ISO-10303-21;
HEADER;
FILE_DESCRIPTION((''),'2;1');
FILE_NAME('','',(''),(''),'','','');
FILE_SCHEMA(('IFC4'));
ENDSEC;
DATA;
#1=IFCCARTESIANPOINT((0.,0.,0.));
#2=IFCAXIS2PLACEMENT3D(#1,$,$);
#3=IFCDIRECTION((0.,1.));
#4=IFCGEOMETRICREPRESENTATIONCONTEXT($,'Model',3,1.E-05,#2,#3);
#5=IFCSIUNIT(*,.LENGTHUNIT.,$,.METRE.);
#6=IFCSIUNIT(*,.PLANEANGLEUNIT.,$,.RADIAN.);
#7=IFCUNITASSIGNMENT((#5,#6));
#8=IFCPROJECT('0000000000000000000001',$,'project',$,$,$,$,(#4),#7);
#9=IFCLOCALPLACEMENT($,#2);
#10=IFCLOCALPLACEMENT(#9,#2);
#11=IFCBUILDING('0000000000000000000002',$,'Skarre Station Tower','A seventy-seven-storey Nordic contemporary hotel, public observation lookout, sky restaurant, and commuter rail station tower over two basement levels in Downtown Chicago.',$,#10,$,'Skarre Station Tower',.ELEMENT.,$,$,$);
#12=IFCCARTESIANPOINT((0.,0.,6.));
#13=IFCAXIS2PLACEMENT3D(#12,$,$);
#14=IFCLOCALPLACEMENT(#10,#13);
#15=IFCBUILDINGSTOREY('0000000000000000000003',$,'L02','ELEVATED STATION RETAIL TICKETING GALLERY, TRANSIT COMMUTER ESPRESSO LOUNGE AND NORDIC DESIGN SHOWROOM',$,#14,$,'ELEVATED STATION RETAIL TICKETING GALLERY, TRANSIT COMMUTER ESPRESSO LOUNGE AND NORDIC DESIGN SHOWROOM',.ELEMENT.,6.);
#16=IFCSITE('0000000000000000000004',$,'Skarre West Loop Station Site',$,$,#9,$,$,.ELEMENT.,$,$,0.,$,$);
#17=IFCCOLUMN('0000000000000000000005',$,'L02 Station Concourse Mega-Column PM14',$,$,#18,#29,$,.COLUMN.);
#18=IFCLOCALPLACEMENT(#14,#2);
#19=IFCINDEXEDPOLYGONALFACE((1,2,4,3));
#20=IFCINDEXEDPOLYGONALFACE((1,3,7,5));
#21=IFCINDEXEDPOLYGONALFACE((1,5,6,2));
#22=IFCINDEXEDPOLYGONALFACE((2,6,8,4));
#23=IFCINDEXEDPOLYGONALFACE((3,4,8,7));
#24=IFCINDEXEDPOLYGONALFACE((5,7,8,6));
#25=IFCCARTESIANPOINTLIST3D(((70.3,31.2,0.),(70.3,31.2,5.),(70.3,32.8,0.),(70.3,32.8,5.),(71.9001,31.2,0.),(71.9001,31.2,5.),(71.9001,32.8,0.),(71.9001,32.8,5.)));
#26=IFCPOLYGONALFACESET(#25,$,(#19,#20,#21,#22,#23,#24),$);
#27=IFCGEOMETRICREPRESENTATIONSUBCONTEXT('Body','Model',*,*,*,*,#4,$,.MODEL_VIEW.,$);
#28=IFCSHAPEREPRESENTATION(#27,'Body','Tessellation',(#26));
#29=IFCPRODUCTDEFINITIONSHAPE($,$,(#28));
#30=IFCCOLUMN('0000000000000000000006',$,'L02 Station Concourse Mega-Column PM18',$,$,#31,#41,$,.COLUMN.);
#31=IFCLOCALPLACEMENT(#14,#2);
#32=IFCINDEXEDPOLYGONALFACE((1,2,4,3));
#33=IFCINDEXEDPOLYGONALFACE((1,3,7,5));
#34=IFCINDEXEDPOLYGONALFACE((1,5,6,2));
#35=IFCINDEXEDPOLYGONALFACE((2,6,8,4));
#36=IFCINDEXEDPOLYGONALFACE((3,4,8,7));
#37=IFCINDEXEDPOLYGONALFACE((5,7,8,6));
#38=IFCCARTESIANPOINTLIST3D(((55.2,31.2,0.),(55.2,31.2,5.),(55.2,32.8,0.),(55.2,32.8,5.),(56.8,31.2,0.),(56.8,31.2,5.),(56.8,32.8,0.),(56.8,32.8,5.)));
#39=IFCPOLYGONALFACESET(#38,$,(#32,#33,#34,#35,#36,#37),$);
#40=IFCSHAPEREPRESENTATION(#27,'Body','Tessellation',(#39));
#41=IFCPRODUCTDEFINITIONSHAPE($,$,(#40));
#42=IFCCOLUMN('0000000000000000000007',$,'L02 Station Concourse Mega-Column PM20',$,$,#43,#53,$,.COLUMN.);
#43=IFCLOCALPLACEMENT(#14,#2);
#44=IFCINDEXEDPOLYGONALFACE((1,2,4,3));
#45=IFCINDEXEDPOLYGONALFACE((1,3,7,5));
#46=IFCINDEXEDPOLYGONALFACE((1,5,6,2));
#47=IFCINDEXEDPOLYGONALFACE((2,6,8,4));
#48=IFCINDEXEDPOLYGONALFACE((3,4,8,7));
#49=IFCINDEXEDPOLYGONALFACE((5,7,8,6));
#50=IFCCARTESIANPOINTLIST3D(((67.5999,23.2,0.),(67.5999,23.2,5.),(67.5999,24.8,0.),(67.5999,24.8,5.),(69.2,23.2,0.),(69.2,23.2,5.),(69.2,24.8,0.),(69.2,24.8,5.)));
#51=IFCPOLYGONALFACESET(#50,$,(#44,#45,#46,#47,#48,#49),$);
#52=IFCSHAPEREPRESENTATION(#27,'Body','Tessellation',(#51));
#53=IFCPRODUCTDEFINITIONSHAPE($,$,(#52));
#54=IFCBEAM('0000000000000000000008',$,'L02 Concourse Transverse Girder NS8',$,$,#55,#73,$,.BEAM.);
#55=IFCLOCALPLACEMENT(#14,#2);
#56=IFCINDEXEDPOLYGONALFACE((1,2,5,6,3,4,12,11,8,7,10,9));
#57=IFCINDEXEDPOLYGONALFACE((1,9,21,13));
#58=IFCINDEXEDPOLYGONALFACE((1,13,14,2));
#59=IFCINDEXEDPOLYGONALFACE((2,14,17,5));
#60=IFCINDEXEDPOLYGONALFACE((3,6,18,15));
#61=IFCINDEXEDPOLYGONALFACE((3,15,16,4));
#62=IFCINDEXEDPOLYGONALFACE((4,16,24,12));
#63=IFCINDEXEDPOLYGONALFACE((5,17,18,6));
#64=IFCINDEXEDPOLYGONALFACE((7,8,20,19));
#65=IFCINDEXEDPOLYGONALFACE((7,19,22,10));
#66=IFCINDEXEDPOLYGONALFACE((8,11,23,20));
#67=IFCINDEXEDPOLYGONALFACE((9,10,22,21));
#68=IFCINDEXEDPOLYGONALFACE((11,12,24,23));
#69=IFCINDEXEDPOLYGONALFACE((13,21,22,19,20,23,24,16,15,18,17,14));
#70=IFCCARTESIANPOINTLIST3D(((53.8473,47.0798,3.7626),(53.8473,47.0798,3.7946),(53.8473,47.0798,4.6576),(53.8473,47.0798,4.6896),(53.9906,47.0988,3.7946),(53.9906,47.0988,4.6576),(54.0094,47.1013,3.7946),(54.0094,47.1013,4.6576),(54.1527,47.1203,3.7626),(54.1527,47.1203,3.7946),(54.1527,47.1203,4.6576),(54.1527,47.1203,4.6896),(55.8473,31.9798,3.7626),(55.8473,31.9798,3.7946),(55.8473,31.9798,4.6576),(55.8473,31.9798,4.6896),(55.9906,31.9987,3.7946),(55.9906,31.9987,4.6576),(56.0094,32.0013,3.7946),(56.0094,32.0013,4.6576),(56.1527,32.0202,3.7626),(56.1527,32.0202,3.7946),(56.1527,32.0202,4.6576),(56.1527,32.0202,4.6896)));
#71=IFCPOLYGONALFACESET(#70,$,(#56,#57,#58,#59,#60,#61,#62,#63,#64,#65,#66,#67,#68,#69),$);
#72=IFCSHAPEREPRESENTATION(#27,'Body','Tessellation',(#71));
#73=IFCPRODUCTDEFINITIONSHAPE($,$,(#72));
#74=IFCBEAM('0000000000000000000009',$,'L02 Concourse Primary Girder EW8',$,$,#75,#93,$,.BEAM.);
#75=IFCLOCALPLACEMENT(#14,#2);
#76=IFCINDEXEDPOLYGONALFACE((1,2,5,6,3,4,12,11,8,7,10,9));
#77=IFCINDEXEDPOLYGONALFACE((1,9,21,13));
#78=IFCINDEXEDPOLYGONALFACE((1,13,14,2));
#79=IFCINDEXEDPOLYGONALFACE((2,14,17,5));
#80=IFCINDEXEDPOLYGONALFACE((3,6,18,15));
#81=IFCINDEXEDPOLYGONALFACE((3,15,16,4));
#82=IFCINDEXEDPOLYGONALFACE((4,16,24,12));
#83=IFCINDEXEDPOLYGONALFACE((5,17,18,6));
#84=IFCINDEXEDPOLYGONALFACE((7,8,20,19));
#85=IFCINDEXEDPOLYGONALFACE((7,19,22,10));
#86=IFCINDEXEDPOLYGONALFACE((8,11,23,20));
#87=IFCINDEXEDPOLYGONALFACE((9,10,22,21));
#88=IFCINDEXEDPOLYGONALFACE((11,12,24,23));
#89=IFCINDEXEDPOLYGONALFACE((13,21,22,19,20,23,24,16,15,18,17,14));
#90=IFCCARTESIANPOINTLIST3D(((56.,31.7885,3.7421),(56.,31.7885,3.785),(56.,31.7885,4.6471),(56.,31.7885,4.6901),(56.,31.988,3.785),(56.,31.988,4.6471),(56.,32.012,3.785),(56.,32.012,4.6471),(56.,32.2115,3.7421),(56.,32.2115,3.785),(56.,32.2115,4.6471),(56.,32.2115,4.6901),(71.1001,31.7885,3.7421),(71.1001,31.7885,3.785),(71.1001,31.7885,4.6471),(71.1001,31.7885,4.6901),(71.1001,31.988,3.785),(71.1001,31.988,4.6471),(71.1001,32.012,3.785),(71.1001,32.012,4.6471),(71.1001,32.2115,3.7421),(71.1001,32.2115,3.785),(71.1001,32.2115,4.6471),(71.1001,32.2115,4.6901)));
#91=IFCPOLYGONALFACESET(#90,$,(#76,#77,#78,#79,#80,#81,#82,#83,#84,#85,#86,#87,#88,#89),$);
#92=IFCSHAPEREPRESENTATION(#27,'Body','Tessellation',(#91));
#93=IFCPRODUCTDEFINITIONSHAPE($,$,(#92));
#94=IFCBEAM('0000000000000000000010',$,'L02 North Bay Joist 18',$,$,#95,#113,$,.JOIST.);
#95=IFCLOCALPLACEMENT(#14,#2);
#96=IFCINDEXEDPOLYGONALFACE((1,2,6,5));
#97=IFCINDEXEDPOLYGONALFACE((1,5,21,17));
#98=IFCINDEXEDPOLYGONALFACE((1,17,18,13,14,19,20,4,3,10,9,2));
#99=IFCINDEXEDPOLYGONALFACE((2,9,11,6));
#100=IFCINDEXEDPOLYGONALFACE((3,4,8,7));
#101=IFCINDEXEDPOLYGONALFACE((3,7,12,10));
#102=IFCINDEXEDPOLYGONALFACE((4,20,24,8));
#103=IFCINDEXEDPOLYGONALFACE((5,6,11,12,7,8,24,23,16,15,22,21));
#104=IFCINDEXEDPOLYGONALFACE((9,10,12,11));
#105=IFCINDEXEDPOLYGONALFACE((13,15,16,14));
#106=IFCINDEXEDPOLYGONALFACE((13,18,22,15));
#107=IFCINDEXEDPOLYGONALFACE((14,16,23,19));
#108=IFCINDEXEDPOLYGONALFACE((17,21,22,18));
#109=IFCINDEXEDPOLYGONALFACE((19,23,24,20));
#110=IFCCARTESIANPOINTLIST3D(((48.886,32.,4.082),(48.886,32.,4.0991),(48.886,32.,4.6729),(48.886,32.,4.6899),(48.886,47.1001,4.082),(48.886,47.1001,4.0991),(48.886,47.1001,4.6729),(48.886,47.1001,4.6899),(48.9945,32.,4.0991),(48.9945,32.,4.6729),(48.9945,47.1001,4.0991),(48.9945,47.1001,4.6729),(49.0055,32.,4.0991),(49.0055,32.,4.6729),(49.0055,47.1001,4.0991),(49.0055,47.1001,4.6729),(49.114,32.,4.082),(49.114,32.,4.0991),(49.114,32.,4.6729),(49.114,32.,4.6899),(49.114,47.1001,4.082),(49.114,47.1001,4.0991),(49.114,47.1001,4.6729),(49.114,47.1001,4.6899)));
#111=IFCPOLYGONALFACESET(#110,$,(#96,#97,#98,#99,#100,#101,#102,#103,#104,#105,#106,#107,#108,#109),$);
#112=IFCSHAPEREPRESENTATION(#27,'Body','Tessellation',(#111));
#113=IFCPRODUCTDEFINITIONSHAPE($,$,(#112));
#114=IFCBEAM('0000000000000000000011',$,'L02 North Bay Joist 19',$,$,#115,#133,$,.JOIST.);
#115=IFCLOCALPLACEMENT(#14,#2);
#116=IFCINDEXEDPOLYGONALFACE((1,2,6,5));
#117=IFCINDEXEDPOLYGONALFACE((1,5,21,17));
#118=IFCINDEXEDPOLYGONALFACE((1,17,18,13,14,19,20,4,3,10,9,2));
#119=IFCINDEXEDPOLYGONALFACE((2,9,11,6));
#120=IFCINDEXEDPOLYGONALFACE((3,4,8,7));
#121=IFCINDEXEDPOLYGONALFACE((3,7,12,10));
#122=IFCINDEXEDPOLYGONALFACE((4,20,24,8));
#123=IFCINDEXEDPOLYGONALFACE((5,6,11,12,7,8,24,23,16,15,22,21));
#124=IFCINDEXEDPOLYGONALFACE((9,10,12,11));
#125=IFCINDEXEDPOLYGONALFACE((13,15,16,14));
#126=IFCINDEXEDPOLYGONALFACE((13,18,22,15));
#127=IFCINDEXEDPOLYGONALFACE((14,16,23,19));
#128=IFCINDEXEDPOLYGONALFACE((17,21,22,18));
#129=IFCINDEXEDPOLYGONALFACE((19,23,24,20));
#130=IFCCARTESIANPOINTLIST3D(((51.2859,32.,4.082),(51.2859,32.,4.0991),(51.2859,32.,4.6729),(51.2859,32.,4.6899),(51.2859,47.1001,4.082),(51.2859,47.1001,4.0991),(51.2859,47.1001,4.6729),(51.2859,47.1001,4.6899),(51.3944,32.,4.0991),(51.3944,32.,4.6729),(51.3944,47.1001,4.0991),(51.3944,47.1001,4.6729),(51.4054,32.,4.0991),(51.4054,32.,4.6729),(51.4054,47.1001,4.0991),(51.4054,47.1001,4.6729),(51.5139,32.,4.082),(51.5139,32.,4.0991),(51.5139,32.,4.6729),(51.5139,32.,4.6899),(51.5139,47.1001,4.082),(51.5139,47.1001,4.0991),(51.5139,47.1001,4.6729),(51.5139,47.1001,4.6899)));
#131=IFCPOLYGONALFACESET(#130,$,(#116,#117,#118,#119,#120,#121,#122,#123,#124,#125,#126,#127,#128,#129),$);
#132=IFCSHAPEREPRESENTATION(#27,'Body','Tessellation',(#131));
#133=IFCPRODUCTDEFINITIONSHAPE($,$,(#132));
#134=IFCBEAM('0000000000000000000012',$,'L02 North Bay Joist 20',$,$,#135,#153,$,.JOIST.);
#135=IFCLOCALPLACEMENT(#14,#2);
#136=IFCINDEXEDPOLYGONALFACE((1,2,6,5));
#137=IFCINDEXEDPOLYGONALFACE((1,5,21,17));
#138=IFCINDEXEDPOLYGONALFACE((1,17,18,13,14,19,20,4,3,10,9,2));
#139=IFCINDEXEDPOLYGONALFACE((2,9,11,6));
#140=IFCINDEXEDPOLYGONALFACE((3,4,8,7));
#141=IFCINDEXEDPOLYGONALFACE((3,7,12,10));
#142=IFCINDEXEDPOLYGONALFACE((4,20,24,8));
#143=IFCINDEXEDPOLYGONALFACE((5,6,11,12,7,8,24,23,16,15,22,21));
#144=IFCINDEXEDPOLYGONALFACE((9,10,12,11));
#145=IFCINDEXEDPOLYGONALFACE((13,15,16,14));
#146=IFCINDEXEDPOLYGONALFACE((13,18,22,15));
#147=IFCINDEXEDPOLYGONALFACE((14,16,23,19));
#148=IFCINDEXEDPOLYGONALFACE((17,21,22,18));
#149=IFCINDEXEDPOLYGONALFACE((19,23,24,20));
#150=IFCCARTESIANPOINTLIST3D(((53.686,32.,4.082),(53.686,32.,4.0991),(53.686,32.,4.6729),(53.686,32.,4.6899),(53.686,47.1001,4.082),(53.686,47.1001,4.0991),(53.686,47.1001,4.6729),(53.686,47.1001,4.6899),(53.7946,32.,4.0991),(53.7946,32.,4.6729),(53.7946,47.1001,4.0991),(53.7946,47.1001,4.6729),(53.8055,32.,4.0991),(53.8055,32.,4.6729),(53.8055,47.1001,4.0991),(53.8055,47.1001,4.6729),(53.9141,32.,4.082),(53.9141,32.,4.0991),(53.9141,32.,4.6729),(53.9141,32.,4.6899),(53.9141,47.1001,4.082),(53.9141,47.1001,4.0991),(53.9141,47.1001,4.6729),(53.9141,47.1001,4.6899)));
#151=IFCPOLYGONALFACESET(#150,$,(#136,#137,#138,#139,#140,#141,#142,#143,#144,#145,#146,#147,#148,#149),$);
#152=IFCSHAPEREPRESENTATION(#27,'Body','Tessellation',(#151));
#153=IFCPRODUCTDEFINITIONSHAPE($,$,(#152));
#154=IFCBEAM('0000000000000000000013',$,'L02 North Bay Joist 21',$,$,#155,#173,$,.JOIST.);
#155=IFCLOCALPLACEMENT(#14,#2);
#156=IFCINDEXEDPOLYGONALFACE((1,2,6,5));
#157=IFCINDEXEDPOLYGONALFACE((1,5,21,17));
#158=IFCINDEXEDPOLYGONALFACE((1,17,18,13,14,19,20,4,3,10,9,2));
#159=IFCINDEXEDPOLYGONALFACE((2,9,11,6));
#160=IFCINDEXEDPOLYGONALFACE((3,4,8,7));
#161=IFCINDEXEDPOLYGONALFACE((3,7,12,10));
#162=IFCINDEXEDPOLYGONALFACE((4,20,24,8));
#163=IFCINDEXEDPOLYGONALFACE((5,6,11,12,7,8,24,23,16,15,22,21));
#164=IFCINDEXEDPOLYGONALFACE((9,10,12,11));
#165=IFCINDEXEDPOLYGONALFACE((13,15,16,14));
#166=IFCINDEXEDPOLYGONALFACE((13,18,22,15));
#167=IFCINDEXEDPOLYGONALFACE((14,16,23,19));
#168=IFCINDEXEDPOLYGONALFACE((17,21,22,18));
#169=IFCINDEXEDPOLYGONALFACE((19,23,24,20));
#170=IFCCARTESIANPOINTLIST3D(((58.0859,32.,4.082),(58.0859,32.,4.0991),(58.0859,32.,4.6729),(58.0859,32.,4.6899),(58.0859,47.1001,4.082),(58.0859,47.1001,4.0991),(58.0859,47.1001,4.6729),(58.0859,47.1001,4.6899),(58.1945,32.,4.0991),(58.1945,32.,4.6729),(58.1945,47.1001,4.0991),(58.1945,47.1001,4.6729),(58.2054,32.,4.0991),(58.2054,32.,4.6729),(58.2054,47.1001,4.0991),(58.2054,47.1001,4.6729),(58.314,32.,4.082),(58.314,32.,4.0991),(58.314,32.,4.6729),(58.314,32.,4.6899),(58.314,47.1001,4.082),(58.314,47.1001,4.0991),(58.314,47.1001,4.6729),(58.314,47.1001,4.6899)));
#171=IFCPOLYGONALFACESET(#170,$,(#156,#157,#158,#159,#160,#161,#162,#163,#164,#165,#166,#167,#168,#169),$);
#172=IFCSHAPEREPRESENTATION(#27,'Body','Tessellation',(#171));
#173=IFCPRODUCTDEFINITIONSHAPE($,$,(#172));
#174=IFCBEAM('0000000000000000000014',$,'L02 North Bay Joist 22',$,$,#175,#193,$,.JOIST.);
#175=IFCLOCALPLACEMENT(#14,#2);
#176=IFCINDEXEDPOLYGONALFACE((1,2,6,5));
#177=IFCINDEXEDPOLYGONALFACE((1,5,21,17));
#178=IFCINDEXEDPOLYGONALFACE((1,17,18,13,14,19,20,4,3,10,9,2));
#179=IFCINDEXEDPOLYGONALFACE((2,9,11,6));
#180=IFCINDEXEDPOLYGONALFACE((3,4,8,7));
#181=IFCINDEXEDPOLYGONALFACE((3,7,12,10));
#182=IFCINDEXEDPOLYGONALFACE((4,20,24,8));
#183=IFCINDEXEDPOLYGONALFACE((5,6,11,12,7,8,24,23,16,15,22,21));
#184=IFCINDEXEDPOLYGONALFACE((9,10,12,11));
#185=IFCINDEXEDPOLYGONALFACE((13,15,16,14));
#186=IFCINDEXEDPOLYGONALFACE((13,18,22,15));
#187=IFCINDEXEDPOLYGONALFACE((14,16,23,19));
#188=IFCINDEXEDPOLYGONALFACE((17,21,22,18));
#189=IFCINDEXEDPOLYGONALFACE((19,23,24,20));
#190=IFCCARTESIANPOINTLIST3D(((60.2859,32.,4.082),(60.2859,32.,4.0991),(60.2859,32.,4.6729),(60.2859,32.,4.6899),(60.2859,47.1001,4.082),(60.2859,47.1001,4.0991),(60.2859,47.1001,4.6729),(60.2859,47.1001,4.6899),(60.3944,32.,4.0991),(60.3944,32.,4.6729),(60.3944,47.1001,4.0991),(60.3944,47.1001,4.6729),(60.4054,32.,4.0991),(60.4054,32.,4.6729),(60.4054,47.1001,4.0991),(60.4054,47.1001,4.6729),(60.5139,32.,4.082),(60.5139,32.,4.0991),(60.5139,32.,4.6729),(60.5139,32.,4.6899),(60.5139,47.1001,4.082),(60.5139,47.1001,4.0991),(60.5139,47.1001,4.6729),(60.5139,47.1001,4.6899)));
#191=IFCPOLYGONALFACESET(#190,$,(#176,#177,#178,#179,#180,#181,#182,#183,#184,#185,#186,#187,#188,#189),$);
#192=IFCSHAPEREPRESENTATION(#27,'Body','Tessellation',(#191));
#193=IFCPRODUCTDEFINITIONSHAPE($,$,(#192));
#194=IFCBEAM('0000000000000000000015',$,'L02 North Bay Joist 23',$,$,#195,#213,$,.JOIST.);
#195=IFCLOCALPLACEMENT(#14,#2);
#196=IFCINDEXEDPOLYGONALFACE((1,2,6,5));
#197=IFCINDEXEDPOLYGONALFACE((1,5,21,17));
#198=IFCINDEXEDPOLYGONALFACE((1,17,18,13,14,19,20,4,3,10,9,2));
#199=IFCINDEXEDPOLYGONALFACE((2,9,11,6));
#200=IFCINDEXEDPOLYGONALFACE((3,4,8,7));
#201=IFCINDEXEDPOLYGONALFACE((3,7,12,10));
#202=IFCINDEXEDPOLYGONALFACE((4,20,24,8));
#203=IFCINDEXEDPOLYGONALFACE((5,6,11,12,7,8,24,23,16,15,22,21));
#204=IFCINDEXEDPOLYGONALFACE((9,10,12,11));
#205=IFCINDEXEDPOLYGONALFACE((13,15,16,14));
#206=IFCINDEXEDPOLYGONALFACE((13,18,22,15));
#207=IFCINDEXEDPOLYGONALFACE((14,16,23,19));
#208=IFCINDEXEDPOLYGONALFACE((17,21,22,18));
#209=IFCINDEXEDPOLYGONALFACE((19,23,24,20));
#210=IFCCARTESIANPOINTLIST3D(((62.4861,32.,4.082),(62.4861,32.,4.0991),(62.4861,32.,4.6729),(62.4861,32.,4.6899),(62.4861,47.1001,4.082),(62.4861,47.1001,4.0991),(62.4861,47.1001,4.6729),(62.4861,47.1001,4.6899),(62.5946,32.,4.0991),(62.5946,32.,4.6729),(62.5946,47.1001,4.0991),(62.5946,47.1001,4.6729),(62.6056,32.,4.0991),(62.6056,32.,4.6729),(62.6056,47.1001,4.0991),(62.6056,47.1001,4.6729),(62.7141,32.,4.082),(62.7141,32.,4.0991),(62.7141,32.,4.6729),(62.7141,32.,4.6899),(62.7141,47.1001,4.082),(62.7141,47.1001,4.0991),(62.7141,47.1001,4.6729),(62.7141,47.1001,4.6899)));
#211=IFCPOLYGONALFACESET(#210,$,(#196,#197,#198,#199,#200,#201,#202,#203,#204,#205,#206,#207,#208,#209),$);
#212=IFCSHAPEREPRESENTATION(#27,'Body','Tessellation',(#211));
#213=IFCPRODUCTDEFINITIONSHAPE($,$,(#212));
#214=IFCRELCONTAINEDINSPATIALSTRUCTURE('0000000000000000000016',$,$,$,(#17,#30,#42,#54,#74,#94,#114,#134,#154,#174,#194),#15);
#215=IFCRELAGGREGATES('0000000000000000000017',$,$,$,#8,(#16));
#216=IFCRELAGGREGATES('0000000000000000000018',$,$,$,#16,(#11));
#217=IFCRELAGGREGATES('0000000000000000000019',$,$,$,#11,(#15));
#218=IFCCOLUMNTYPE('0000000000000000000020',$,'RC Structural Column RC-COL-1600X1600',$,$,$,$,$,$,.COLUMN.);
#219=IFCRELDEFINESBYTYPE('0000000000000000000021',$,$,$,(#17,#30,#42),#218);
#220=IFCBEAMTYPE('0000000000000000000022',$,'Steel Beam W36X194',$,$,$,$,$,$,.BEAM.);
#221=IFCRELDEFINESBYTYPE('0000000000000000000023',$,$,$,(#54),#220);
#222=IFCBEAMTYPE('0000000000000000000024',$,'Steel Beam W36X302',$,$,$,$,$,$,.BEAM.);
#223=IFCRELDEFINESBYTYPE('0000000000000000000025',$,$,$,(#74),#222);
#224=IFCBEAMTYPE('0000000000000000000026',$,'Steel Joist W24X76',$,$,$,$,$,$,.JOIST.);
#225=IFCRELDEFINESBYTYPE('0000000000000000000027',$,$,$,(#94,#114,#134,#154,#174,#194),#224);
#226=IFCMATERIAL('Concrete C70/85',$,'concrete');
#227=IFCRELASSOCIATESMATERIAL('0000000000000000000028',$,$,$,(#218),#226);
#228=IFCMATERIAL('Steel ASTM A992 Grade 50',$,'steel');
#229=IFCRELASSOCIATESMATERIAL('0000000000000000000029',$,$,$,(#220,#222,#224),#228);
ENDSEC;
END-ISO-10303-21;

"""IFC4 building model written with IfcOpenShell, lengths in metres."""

from ifc_helpers import new_model, si_unit, direction, frame, origin, origin_2d, place, context, subcontext, project, spatial, rectangle, i_section, extrude, material, material_profile, profile_set, type_object, element, save


model = new_model("IFC4")

# Units and contexts
model_context = context("Model", 3, precision=1e-05, world=origin(), true_north=direction((0.0, 1.0)))
body_context = subcontext(model_context, "Body", "Model", "MODEL_VIEW")
ifc_project = project(units=[si_unit("LENGTHUNIT", "METRE"), si_unit("PLANEANGLEUNIT", "RADIAN")], contexts=[model_context])

# Site, building, storey
site_placement = place(None, origin())
site = spatial("IfcSite", under=ifc_project, at=site_placement, Name="Skarre West Loop Station Site", CompositionType="ELEMENT", RefElevation=0.0)
building_placement = place(site_placement, origin())
building = spatial("IfcBuilding", under=site, at=building_placement, Name="Skarre Station Tower", Description="A seventy-seven-storey Nordic contemporary hotel, public observation lookout, sky restaurant, and commuter rail station tower over two basement levels in Downtown Chicago.", LongName="Skarre Station Tower", CompositionType="ELEMENT")
storey_placement = place(building_placement, frame((0.0, 0.0, 6.0)))
storey = spatial("IfcBuildingStorey", under=building, at=storey_placement, Name="L02", Description="ELEVATED STATION RETAIL TICKETING GALLERY, TRANSIT COMMUTER ESPRESSO LOUNGE AND NORDIC DESIGN SHOWROOM", LongName="ELEVATED STATION RETAIL TICKETING GALLERY, TRANSIT COMMUTER ESPRESSO LOUNGE AND NORDIC DESIGN SHOWROOM", CompositionType="ELEMENT", Elevation=6.0)

# Columns
ifc_material_1 = material(Name="Concrete C70/85", Category="concrete")
ifc_material_profile_1 = material_profile(ifc_material_1, rectangle(XDim=1.6001, YDim=1.6001, at=origin_2d()), Name="Concrete C70/85")
ifc_profile_set_1 = profile_set([ifc_material_profile_1], Name="Concrete C70/85")
column_type = type_object("IfcColumnType", Name="RC Structural Column RC-COL-1600X1600", PredefinedType="COLUMN", material=ifc_profile_set_1)
for number, where, z_axis, x_axis, name in (
    (1, (71.1001, 32.0, 0.0), (0.0, 0.0, 1.0), (1.0, 0.0, 0.0), "L02 Station Concourse Mega-Column PM14"),
    (2, (56.0, 32.0, 0.0), (0.0, 0.0, 1.0), (1.0, 0.0, 0.0), "L02 Station Concourse Mega-Column PM18"),
    (3, (68.3999, 24.0, 0.0), (0.0, 0.0, 1.0), (1.0, 0.0, 0.0), "L02 Station Concourse Mega-Column PM20"),
):
    element("IfcColumn", number, at=place(storey_placement, frame(where, z_axis=z_axis, x_axis=x_axis)), inside=storey, type_object=column_type, Name=name, PredefinedType="COLUMN", context=body_context, shape_type="SweptSolid", body=[
        extrude(rectangle(XDim=1.6001, YDim=1.6001, at=origin_2d()), origin(), (0.0, 0.0, 1.0), 5.0),
    ])

# Beams
ifc_material_2 = material(Name="Steel ASTM A992 Grade 50", Category="steel")
ifc_material_profile_2 = material_profile(ifc_material_2, i_section(OverallWidth=0.3081, OverallDepth=0.927, WebThickness=0.019, FlangeThickness=0.032, at=origin_2d()), Name="Steel ASTM A992 Grade 50")
ifc_profile_set_2 = profile_set([ifc_material_profile_2], Name="Steel ASTM A992 Grade 50")
beam_type_1 = type_object("IfcBeamType", Name="Steel Beam W36X194", PredefinedType="BEAM", material=ifc_profile_set_2)
beam_1_placement = place(storey_placement, frame((56.0, 32.0, 4.2261), z_axis=(-0.131303, 0.991342, 0.0), x_axis=(-0.991342, -0.131303, 0.0)))
element("IfcBeam", 4, at=beam_1_placement, inside=storey, type_object=beam_type_1, Name="L02 Concourse Transverse Girder NS8", PredefinedType="BEAM", context=body_context, shape_type="SweptSolid", body=[
    extrude(i_section(OverallWidth=0.3081, OverallDepth=0.927, WebThickness=0.019, FlangeThickness=0.032, at=origin_2d()), origin(), (0.0, 0.0, 1.0), 15.2319),
])
ifc_material_profile_3 = material_profile(ifc_material_2, i_section(OverallWidth=0.4231, OverallDepth=0.948, WebThickness=0.0239, FlangeThickness=0.043, at=origin_2d()), Name="Steel ASTM A992 Grade 50")
ifc_profile_set_3 = profile_set([ifc_material_profile_3], Name="Steel ASTM A992 Grade 50")
beam_type_2 = type_object("IfcBeamType", Name="Steel Beam W36X302", PredefinedType="BEAM", material=ifc_profile_set_3)
beam_2_placement = place(storey_placement, frame((56.0, 32.0, 4.2161), z_axis=(1.0, 0.0, 0.0), x_axis=(0.0, 1.0, 0.0)))
element("IfcBeam", 5, at=beam_2_placement, inside=storey, type_object=beam_type_2, Name="L02 Concourse Primary Girder EW8", PredefinedType="BEAM", context=body_context, shape_type="SweptSolid", body=[
    extrude(i_section(OverallWidth=0.4231, OverallDepth=0.948, WebThickness=0.0239, FlangeThickness=0.043, at=origin_2d()), origin(), (0.0, 0.0, 1.0), 15.1001),
])
ifc_material_profile_4 = material_profile(ifc_material_2, i_section(OverallWidth=0.228, OverallDepth=0.6079, WebThickness=0.011, FlangeThickness=0.0171, at=origin_2d()), Name="Steel ASTM A992 Grade 50")
ifc_profile_set_4 = profile_set([ifc_material_profile_4], Name="Steel ASTM A992 Grade 50")
beam_type_3 = type_object("IfcBeamType", Name="Steel Joist W24X76", PredefinedType="JOIST", material=ifc_profile_set_4)
for number, where, z_axis, x_axis, name in (
    (6, (49.0, 32.0, 4.386), (0.0, 1.0, 0.0), (-1.0, 0.0, 0.0), "L02 North Bay Joist 18"),
    (7, (51.3999, 32.0, 4.386), (0.0, 1.0, 0.0), (-1.0, 0.0, 0.0), "L02 North Bay Joist 19"),
    (8, (53.8, 32.0, 4.386), (0.0, 1.0, 0.0), (-1.0, 0.0, 0.0), "L02 North Bay Joist 20"),
    (9, (58.2, 32.0, 4.386), (0.0, 1.0, 0.0), (-1.0, 0.0, 0.0), "L02 North Bay Joist 21"),
    (10, (60.3999, 32.0, 4.386), (0.0, 1.0, 0.0), (-1.0, 0.0, 0.0), "L02 North Bay Joist 22"),
    (11, (62.6001, 32.0, 4.386), (0.0, 1.0, 0.0), (-1.0, 0.0, 0.0), "L02 North Bay Joist 23"),
):
    element("IfcBeam", number, at=place(storey_placement, frame(where, z_axis=z_axis, x_axis=x_axis)), inside=storey, type_object=beam_type_3, Name=name, PredefinedType="JOIST", context=body_context, shape_type="SweptSolid", body=[
        extrude(i_section(OverallWidth=0.228, OverallDepth=0.6079, WebThickness=0.011, FlangeThickness=0.0171, at=origin_2d()), origin(), (0.0, 0.0, 1.0), 15.1001),
    ])

save(model, "model.ifc")
